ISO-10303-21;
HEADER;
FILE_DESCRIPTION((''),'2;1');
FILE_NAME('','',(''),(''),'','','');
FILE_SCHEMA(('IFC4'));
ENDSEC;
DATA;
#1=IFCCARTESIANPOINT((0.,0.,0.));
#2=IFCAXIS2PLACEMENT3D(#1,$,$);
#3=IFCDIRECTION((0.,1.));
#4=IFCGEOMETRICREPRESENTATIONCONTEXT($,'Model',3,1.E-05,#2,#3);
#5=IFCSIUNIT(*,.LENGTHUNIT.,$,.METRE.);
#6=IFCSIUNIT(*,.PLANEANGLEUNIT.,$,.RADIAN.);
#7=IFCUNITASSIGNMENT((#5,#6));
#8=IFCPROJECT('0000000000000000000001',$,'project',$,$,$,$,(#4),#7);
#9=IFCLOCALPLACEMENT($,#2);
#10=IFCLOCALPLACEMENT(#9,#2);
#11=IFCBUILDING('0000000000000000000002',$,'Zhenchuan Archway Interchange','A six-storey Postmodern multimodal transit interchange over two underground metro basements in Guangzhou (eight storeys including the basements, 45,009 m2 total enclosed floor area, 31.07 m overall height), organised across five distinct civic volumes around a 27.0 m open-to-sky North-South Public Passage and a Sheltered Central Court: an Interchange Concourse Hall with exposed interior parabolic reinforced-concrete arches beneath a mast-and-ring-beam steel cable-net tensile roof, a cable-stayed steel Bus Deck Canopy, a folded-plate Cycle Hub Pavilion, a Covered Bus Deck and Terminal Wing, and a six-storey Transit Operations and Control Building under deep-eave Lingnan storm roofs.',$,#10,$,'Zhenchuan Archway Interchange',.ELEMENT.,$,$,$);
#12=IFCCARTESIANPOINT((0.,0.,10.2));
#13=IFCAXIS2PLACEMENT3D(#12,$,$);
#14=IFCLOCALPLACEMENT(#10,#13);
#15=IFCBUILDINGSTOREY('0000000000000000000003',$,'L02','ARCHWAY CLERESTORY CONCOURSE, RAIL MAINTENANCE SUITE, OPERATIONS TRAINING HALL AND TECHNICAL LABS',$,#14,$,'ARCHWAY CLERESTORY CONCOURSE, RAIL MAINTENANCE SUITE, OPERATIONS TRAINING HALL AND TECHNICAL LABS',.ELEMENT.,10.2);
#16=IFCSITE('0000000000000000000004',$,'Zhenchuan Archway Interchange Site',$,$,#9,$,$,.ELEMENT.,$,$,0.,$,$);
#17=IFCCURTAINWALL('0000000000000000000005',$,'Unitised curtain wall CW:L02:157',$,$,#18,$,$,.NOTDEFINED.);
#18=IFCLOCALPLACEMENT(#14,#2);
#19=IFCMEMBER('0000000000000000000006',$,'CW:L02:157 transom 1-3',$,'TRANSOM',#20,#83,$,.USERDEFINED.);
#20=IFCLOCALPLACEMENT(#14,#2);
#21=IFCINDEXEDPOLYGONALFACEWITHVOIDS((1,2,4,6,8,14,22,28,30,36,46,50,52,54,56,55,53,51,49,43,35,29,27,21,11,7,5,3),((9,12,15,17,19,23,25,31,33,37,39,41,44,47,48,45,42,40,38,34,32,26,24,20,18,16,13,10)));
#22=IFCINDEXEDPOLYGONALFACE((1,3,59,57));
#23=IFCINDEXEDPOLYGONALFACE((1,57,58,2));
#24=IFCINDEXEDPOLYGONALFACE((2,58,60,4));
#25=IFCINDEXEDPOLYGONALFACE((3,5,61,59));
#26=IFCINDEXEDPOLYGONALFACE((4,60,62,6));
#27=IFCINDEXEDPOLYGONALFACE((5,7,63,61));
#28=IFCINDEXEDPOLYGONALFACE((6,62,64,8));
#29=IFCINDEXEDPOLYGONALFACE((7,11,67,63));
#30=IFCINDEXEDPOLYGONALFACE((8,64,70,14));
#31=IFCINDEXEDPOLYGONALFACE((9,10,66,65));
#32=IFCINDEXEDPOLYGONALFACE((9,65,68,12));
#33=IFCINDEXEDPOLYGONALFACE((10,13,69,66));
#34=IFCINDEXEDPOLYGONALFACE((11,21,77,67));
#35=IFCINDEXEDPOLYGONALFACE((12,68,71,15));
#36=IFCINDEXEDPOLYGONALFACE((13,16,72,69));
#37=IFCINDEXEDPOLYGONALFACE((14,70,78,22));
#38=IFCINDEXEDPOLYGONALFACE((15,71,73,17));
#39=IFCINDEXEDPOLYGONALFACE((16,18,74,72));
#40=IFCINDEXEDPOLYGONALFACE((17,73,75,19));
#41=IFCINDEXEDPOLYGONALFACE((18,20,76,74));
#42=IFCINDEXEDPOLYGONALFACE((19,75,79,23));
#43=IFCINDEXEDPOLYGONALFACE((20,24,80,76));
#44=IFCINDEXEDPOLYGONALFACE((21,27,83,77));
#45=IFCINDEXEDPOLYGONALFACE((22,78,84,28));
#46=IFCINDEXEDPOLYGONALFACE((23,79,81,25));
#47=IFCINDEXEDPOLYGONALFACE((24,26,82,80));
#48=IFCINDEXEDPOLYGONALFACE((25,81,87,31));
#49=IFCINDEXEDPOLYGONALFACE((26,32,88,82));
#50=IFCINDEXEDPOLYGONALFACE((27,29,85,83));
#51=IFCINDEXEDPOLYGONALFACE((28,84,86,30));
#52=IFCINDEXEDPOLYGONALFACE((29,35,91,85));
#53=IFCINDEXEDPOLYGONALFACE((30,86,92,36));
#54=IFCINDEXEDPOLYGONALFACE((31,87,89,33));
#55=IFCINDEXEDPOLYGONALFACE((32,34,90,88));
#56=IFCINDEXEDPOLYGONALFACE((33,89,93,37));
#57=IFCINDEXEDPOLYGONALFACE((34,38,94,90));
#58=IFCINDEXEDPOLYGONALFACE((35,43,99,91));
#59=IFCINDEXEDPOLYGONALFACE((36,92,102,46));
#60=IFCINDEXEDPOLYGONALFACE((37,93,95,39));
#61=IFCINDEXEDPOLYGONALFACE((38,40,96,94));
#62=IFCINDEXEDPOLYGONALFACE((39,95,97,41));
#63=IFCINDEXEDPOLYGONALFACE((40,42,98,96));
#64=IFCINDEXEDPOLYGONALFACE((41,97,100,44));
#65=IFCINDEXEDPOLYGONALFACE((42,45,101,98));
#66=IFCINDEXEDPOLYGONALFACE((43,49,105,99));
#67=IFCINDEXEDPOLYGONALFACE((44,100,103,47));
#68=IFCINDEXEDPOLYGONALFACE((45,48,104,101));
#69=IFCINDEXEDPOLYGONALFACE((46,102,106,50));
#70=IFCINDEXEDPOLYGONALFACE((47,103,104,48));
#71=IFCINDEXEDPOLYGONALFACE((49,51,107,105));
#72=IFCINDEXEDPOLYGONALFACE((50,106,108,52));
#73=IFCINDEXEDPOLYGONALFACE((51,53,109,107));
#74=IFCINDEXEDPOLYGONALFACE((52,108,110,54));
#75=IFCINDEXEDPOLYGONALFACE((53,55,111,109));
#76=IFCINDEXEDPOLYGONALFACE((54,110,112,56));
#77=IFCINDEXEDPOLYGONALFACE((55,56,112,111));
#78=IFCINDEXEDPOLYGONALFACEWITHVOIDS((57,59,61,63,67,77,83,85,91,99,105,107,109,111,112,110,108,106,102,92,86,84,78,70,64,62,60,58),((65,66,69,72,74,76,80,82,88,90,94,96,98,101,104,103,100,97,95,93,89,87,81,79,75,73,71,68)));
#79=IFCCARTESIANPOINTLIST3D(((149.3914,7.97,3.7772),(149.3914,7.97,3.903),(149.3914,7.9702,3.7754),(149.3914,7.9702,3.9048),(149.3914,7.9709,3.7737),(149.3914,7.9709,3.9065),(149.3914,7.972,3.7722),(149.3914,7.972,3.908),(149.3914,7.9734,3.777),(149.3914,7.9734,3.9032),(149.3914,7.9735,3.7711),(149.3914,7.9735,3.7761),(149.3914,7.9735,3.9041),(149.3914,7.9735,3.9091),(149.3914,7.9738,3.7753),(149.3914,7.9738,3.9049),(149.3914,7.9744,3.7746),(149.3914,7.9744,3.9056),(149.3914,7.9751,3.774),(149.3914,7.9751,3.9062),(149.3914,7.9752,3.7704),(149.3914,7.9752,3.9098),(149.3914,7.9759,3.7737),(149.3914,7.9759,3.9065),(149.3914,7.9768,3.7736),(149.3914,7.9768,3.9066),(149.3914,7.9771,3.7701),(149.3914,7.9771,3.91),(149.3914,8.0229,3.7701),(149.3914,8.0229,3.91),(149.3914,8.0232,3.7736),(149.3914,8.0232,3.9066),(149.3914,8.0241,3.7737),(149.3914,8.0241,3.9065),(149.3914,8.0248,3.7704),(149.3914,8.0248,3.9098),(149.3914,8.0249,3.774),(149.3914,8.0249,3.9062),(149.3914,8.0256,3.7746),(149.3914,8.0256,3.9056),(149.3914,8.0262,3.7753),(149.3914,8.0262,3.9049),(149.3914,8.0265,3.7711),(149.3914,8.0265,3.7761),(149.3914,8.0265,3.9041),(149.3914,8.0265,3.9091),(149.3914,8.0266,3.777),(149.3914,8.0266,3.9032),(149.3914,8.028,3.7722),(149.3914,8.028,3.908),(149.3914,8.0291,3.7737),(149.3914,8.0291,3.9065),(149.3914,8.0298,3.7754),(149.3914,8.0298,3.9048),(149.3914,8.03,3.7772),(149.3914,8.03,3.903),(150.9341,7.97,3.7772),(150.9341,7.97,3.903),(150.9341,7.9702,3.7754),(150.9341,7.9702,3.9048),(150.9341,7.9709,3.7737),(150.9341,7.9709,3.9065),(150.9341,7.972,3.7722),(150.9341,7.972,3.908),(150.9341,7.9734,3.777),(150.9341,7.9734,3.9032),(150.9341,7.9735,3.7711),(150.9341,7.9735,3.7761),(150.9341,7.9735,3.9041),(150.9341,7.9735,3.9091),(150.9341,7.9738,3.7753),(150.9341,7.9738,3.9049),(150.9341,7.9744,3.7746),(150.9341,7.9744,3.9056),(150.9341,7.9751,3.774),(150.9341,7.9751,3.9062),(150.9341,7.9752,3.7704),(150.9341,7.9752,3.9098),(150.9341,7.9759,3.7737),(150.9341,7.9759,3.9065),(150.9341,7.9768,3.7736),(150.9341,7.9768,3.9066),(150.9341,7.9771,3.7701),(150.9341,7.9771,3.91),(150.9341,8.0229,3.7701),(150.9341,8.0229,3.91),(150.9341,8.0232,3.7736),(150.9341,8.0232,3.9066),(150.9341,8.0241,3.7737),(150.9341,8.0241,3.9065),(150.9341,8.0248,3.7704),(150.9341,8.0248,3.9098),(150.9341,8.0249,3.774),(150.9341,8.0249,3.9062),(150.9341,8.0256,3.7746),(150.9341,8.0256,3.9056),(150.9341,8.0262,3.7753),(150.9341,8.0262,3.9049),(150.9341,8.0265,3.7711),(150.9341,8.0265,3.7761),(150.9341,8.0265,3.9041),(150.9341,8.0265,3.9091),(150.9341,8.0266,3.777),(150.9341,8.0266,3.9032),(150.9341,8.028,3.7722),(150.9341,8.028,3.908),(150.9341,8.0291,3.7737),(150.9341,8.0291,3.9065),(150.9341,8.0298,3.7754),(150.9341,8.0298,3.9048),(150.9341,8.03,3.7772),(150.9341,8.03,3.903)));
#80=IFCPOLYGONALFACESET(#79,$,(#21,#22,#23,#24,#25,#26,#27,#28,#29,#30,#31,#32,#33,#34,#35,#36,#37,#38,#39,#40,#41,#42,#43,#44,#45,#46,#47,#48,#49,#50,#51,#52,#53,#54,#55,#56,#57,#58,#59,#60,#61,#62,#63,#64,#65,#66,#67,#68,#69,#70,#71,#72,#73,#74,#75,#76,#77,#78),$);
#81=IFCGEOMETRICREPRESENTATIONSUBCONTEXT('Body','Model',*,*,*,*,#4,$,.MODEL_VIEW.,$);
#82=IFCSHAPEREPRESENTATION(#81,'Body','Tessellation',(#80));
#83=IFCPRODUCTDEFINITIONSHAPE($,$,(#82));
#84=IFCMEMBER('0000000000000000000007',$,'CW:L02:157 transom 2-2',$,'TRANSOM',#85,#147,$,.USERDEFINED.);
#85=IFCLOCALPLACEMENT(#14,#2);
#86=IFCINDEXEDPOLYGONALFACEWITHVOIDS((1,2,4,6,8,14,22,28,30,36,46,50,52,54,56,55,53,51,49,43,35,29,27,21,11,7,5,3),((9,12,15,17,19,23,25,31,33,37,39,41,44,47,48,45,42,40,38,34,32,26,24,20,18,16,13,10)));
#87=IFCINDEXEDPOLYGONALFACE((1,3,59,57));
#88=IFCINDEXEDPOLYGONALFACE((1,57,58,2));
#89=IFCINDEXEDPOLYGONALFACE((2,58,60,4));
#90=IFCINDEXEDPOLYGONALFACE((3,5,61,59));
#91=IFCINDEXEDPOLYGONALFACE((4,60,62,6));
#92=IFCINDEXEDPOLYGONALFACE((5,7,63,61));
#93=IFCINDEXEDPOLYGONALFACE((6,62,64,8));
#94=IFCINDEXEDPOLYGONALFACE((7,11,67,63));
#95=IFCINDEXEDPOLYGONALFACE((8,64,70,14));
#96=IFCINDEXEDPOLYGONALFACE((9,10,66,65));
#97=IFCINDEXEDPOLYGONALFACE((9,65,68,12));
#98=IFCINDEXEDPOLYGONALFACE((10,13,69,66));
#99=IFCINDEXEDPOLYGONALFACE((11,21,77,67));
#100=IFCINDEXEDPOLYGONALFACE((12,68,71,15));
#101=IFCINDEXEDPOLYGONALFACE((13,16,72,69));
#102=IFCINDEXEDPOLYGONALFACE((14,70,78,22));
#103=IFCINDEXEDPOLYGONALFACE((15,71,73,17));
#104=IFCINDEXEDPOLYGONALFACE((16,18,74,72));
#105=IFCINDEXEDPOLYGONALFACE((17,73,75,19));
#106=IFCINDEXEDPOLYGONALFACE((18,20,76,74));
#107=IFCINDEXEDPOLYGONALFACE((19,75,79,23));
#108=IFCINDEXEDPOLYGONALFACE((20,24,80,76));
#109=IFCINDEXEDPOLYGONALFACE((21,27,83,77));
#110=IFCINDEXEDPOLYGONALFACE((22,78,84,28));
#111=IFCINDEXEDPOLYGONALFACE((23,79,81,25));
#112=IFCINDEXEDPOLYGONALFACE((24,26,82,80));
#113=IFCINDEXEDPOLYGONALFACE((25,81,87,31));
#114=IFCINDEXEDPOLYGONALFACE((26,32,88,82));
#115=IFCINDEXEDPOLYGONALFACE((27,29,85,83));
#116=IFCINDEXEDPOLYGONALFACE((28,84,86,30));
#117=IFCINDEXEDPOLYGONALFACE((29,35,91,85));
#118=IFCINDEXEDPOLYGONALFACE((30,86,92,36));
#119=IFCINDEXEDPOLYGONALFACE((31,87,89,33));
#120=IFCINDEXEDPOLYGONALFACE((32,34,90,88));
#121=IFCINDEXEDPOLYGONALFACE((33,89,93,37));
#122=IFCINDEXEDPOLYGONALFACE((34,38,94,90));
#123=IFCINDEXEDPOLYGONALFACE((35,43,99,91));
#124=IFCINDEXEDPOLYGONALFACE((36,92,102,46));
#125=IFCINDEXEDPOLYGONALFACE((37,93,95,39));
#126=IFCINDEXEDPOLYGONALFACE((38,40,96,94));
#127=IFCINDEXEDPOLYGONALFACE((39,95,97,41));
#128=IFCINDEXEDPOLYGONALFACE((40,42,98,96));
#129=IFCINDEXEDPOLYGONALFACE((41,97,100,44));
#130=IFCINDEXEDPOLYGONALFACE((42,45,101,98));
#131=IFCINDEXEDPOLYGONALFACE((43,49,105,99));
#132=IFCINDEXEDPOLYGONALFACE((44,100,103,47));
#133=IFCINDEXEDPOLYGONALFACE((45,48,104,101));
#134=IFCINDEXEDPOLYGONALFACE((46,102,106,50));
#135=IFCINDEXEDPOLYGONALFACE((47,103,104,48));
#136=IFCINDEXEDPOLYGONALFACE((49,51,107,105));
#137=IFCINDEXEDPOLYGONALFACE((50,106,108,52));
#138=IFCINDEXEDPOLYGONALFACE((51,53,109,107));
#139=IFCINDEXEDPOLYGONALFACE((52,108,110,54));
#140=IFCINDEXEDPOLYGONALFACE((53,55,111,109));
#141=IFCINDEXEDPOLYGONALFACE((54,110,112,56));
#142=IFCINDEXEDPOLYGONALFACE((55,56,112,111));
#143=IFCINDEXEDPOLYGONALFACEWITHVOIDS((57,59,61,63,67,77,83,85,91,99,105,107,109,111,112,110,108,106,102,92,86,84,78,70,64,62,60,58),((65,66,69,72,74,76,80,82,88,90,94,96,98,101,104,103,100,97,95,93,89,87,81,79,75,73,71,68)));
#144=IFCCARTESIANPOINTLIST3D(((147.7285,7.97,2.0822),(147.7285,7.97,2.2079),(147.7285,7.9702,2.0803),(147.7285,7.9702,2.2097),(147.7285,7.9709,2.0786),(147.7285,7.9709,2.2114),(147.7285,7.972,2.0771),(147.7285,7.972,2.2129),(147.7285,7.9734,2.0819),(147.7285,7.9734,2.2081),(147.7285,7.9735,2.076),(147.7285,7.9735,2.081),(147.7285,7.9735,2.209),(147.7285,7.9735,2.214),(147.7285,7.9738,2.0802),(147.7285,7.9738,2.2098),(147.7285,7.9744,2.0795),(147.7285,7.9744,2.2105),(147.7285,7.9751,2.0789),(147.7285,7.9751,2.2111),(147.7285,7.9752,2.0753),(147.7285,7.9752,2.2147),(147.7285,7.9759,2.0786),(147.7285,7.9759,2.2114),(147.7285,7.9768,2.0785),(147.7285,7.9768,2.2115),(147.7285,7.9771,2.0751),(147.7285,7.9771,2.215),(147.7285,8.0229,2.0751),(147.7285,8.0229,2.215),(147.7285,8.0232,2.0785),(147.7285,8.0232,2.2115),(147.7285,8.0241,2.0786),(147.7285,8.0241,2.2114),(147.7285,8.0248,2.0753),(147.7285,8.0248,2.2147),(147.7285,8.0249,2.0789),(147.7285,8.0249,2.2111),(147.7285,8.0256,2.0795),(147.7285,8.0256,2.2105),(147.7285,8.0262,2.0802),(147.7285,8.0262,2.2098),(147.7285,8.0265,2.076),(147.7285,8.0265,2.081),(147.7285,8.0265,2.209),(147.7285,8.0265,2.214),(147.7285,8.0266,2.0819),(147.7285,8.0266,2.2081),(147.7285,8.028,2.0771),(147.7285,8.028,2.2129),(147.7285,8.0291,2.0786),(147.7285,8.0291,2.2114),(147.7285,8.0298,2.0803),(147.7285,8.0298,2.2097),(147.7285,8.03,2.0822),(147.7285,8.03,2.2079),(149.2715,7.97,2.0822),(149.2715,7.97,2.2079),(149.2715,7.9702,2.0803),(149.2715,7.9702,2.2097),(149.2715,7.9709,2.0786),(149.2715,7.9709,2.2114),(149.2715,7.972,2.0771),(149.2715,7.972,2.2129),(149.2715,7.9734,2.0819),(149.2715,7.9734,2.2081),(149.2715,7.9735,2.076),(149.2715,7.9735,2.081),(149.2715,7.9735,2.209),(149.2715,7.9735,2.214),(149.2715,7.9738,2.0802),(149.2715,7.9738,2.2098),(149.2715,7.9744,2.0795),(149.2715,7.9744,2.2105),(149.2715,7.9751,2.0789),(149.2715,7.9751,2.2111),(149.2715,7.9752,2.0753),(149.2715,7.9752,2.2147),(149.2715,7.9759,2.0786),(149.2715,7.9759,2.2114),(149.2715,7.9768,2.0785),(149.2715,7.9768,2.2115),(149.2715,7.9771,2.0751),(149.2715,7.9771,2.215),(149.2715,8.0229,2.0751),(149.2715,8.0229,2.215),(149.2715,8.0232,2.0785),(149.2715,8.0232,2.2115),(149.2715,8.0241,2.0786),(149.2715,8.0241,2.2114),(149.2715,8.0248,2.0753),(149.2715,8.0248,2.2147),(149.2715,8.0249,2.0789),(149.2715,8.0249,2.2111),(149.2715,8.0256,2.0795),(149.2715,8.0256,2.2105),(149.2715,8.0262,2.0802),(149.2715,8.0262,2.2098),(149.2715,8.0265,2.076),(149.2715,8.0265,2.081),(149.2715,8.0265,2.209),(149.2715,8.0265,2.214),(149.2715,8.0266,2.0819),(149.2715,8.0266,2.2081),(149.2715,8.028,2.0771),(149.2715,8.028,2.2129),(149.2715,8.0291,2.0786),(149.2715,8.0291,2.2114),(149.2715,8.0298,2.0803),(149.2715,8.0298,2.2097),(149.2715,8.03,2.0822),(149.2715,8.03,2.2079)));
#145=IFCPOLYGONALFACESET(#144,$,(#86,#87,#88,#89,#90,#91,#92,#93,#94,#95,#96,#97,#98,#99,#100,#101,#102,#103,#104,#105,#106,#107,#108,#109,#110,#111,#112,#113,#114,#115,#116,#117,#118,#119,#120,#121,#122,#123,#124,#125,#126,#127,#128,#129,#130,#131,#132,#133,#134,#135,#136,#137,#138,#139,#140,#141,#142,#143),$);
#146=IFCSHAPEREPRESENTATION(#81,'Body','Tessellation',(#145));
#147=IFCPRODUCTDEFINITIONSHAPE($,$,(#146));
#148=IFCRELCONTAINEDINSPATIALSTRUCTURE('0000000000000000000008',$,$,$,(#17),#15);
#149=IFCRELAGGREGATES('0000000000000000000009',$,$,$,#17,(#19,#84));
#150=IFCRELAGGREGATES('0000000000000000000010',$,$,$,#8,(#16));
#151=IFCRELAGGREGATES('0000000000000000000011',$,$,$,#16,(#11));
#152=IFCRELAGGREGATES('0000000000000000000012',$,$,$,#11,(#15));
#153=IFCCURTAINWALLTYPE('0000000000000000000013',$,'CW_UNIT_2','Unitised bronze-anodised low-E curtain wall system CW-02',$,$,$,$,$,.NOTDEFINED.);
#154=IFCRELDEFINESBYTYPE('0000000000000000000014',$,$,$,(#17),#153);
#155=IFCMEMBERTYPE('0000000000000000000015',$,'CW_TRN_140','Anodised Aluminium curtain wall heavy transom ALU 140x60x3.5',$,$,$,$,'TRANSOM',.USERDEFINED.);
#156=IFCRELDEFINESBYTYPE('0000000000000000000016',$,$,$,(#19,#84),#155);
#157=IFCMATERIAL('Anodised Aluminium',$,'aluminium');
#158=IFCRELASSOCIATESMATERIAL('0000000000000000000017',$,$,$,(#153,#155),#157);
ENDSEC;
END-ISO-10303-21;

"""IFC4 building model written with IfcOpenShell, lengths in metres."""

from ifc_helpers import new_model, si_unit, direction, frame, origin, origin_2d, place, context, subcontext, project, spatial, hollow_rectangle, extrude, material, material_profile, profile_set, type_object, element, aggregate, save


model = new_model("IFC4")

# Units and contexts
model_context = context("Model", 3, precision=1e-05, world=origin(), true_north=direction((0.0, 1.0)))
body_context = subcontext(model_context, "Body", "Model", "MODEL_VIEW")
ifc_project = project(units=[si_unit("LENGTHUNIT", "METRE"), si_unit("PLANEANGLEUNIT", "RADIAN")], contexts=[model_context])

# Site, building, storey
site_placement = place(None, origin())
site = spatial("IfcSite", under=ifc_project, at=site_placement, Name="Zhenchuan Archway Interchange Site", CompositionType="ELEMENT", RefElevation=0.0)
building_placement = place(site_placement, origin())
building = spatial("IfcBuilding", under=site, at=building_placement, Name="Zhenchuan Archway Interchange", Description="A six-storey Postmodern multimodal transit interchange over two underground metro basements in Guangzhou (eight storeys including the basements, 45,009 m2 total enclosed floor area, 31.07 m overall height), organised across five distinct civic volumes around a 27.0 m open-to-sky North-South Public Passage and a Sheltered Central Court: an Interchange Concourse Hall with exposed interior parabolic reinforced-concrete arches beneath a mast-and-ring-beam steel cable-net tensile roof, a cable-stayed steel Bus Deck Canopy, a folded-plate Cycle Hub Pavilion, a Covered Bus Deck and Terminal Wing, and a six-storey Transit Operations and Control Building under deep-eave Lingnan storm roofs.", LongName="Zhenchuan Archway Interchange", CompositionType="ELEMENT")
storey_placement = place(building_placement, frame((0.0, 0.0, 10.2)))
storey = spatial("IfcBuildingStorey", under=building, at=storey_placement, Name="L02", Description="ARCHWAY CLERESTORY CONCOURSE, RAIL MAINTENANCE SUITE, OPERATIONS TRAINING HALL AND TECHNICAL LABS", LongName="ARCHWAY CLERESTORY CONCOURSE, RAIL MAINTENANCE SUITE, OPERATIONS TRAINING HALL AND TECHNICAL LABS", CompositionType="ELEMENT", Elevation=10.2)

# Curtain wall, members
ifc_material_1 = material(Name="Anodised Aluminium", Category="aluminium")
curtain_wall_type = type_object("IfcCurtainWallType", Name="CW_UNIT_2", Description="Unitised bronze-anodised low-E curtain wall system CW-02", PredefinedType="NOTDEFINED", material=ifc_material_1)
curtain_wall_placement = place(storey_placement, origin())
curtain_wall = element("IfcCurtainWall", 1, at=curtain_wall_placement, inside=storey, type_object=curtain_wall_type, Name="Unitised curtain wall CW:L02:157", PredefinedType="NOTDEFINED")
ifc_material_profile_1 = material_profile(ifc_material_1, hollow_rectangle(XDim=0.0601, YDim=0.1399, WallThickness=0.0034, InnerFilletRadius=0.0034, OuterFilletRadius=0.0071, at=origin_2d()), Name="ALU 140x60x3.5")
ifc_profile_set_1 = profile_set([ifc_material_profile_1], Name="Anodised Aluminium")
member_type_1 = type_object("IfcMemberType", Name="CW_TRN_140", Description="Anodised Aluminium curtain wall heavy transom ALU 140x60x3.5", ElementType="TRANSOM", PredefinedType="USERDEFINED", material=ifc_profile_set_1)
member_1_placement = place(storey_placement, frame((150.9341, 8.0, 3.8401), z_axis=(-1.0, 0.0, 0.0), x_axis=(0.0, -1.0, 0.0)))
member_1 = element("IfcMember", 2, at=member_1_placement, type_object=member_type_1, Name="CW:L02:157 transom 1-3", ObjectType="TRANSOM", PredefinedType="USERDEFINED", context=body_context, shape_type="SweptSolid", body=[
    extrude(hollow_rectangle(XDim=0.0601, YDim=0.1399, WallThickness=0.0034, InnerFilletRadius=0.0034, OuterFilletRadius=0.0071, at=origin_2d()), origin(), (0.0, 0.0, 1.0), 1.5427),
])
member_2_placement = place(storey_placement, frame((149.2715, 8.0, 2.145), z_axis=(-1.0, 0.0, 0.0), x_axis=(0.0, -1.0, 0.0)))
member_2 = element("IfcMember", 3, at=member_2_placement, type_object=member_type_1, Name="CW:L02:157 transom 2-2", ObjectType="TRANSOM", PredefinedType="USERDEFINED", context=body_context, shape_type="SweptSolid", body=[
    extrude(hollow_rectangle(XDim=0.0601, YDim=0.1399, WallThickness=0.0034, InnerFilletRadius=0.0034, OuterFilletRadius=0.0071, at=origin_2d()), origin(), (0.0, 0.0, 1.0), 1.543),
])

aggregate(curtain_wall, [member_1, member_2])

save(model, "model.ifc")
